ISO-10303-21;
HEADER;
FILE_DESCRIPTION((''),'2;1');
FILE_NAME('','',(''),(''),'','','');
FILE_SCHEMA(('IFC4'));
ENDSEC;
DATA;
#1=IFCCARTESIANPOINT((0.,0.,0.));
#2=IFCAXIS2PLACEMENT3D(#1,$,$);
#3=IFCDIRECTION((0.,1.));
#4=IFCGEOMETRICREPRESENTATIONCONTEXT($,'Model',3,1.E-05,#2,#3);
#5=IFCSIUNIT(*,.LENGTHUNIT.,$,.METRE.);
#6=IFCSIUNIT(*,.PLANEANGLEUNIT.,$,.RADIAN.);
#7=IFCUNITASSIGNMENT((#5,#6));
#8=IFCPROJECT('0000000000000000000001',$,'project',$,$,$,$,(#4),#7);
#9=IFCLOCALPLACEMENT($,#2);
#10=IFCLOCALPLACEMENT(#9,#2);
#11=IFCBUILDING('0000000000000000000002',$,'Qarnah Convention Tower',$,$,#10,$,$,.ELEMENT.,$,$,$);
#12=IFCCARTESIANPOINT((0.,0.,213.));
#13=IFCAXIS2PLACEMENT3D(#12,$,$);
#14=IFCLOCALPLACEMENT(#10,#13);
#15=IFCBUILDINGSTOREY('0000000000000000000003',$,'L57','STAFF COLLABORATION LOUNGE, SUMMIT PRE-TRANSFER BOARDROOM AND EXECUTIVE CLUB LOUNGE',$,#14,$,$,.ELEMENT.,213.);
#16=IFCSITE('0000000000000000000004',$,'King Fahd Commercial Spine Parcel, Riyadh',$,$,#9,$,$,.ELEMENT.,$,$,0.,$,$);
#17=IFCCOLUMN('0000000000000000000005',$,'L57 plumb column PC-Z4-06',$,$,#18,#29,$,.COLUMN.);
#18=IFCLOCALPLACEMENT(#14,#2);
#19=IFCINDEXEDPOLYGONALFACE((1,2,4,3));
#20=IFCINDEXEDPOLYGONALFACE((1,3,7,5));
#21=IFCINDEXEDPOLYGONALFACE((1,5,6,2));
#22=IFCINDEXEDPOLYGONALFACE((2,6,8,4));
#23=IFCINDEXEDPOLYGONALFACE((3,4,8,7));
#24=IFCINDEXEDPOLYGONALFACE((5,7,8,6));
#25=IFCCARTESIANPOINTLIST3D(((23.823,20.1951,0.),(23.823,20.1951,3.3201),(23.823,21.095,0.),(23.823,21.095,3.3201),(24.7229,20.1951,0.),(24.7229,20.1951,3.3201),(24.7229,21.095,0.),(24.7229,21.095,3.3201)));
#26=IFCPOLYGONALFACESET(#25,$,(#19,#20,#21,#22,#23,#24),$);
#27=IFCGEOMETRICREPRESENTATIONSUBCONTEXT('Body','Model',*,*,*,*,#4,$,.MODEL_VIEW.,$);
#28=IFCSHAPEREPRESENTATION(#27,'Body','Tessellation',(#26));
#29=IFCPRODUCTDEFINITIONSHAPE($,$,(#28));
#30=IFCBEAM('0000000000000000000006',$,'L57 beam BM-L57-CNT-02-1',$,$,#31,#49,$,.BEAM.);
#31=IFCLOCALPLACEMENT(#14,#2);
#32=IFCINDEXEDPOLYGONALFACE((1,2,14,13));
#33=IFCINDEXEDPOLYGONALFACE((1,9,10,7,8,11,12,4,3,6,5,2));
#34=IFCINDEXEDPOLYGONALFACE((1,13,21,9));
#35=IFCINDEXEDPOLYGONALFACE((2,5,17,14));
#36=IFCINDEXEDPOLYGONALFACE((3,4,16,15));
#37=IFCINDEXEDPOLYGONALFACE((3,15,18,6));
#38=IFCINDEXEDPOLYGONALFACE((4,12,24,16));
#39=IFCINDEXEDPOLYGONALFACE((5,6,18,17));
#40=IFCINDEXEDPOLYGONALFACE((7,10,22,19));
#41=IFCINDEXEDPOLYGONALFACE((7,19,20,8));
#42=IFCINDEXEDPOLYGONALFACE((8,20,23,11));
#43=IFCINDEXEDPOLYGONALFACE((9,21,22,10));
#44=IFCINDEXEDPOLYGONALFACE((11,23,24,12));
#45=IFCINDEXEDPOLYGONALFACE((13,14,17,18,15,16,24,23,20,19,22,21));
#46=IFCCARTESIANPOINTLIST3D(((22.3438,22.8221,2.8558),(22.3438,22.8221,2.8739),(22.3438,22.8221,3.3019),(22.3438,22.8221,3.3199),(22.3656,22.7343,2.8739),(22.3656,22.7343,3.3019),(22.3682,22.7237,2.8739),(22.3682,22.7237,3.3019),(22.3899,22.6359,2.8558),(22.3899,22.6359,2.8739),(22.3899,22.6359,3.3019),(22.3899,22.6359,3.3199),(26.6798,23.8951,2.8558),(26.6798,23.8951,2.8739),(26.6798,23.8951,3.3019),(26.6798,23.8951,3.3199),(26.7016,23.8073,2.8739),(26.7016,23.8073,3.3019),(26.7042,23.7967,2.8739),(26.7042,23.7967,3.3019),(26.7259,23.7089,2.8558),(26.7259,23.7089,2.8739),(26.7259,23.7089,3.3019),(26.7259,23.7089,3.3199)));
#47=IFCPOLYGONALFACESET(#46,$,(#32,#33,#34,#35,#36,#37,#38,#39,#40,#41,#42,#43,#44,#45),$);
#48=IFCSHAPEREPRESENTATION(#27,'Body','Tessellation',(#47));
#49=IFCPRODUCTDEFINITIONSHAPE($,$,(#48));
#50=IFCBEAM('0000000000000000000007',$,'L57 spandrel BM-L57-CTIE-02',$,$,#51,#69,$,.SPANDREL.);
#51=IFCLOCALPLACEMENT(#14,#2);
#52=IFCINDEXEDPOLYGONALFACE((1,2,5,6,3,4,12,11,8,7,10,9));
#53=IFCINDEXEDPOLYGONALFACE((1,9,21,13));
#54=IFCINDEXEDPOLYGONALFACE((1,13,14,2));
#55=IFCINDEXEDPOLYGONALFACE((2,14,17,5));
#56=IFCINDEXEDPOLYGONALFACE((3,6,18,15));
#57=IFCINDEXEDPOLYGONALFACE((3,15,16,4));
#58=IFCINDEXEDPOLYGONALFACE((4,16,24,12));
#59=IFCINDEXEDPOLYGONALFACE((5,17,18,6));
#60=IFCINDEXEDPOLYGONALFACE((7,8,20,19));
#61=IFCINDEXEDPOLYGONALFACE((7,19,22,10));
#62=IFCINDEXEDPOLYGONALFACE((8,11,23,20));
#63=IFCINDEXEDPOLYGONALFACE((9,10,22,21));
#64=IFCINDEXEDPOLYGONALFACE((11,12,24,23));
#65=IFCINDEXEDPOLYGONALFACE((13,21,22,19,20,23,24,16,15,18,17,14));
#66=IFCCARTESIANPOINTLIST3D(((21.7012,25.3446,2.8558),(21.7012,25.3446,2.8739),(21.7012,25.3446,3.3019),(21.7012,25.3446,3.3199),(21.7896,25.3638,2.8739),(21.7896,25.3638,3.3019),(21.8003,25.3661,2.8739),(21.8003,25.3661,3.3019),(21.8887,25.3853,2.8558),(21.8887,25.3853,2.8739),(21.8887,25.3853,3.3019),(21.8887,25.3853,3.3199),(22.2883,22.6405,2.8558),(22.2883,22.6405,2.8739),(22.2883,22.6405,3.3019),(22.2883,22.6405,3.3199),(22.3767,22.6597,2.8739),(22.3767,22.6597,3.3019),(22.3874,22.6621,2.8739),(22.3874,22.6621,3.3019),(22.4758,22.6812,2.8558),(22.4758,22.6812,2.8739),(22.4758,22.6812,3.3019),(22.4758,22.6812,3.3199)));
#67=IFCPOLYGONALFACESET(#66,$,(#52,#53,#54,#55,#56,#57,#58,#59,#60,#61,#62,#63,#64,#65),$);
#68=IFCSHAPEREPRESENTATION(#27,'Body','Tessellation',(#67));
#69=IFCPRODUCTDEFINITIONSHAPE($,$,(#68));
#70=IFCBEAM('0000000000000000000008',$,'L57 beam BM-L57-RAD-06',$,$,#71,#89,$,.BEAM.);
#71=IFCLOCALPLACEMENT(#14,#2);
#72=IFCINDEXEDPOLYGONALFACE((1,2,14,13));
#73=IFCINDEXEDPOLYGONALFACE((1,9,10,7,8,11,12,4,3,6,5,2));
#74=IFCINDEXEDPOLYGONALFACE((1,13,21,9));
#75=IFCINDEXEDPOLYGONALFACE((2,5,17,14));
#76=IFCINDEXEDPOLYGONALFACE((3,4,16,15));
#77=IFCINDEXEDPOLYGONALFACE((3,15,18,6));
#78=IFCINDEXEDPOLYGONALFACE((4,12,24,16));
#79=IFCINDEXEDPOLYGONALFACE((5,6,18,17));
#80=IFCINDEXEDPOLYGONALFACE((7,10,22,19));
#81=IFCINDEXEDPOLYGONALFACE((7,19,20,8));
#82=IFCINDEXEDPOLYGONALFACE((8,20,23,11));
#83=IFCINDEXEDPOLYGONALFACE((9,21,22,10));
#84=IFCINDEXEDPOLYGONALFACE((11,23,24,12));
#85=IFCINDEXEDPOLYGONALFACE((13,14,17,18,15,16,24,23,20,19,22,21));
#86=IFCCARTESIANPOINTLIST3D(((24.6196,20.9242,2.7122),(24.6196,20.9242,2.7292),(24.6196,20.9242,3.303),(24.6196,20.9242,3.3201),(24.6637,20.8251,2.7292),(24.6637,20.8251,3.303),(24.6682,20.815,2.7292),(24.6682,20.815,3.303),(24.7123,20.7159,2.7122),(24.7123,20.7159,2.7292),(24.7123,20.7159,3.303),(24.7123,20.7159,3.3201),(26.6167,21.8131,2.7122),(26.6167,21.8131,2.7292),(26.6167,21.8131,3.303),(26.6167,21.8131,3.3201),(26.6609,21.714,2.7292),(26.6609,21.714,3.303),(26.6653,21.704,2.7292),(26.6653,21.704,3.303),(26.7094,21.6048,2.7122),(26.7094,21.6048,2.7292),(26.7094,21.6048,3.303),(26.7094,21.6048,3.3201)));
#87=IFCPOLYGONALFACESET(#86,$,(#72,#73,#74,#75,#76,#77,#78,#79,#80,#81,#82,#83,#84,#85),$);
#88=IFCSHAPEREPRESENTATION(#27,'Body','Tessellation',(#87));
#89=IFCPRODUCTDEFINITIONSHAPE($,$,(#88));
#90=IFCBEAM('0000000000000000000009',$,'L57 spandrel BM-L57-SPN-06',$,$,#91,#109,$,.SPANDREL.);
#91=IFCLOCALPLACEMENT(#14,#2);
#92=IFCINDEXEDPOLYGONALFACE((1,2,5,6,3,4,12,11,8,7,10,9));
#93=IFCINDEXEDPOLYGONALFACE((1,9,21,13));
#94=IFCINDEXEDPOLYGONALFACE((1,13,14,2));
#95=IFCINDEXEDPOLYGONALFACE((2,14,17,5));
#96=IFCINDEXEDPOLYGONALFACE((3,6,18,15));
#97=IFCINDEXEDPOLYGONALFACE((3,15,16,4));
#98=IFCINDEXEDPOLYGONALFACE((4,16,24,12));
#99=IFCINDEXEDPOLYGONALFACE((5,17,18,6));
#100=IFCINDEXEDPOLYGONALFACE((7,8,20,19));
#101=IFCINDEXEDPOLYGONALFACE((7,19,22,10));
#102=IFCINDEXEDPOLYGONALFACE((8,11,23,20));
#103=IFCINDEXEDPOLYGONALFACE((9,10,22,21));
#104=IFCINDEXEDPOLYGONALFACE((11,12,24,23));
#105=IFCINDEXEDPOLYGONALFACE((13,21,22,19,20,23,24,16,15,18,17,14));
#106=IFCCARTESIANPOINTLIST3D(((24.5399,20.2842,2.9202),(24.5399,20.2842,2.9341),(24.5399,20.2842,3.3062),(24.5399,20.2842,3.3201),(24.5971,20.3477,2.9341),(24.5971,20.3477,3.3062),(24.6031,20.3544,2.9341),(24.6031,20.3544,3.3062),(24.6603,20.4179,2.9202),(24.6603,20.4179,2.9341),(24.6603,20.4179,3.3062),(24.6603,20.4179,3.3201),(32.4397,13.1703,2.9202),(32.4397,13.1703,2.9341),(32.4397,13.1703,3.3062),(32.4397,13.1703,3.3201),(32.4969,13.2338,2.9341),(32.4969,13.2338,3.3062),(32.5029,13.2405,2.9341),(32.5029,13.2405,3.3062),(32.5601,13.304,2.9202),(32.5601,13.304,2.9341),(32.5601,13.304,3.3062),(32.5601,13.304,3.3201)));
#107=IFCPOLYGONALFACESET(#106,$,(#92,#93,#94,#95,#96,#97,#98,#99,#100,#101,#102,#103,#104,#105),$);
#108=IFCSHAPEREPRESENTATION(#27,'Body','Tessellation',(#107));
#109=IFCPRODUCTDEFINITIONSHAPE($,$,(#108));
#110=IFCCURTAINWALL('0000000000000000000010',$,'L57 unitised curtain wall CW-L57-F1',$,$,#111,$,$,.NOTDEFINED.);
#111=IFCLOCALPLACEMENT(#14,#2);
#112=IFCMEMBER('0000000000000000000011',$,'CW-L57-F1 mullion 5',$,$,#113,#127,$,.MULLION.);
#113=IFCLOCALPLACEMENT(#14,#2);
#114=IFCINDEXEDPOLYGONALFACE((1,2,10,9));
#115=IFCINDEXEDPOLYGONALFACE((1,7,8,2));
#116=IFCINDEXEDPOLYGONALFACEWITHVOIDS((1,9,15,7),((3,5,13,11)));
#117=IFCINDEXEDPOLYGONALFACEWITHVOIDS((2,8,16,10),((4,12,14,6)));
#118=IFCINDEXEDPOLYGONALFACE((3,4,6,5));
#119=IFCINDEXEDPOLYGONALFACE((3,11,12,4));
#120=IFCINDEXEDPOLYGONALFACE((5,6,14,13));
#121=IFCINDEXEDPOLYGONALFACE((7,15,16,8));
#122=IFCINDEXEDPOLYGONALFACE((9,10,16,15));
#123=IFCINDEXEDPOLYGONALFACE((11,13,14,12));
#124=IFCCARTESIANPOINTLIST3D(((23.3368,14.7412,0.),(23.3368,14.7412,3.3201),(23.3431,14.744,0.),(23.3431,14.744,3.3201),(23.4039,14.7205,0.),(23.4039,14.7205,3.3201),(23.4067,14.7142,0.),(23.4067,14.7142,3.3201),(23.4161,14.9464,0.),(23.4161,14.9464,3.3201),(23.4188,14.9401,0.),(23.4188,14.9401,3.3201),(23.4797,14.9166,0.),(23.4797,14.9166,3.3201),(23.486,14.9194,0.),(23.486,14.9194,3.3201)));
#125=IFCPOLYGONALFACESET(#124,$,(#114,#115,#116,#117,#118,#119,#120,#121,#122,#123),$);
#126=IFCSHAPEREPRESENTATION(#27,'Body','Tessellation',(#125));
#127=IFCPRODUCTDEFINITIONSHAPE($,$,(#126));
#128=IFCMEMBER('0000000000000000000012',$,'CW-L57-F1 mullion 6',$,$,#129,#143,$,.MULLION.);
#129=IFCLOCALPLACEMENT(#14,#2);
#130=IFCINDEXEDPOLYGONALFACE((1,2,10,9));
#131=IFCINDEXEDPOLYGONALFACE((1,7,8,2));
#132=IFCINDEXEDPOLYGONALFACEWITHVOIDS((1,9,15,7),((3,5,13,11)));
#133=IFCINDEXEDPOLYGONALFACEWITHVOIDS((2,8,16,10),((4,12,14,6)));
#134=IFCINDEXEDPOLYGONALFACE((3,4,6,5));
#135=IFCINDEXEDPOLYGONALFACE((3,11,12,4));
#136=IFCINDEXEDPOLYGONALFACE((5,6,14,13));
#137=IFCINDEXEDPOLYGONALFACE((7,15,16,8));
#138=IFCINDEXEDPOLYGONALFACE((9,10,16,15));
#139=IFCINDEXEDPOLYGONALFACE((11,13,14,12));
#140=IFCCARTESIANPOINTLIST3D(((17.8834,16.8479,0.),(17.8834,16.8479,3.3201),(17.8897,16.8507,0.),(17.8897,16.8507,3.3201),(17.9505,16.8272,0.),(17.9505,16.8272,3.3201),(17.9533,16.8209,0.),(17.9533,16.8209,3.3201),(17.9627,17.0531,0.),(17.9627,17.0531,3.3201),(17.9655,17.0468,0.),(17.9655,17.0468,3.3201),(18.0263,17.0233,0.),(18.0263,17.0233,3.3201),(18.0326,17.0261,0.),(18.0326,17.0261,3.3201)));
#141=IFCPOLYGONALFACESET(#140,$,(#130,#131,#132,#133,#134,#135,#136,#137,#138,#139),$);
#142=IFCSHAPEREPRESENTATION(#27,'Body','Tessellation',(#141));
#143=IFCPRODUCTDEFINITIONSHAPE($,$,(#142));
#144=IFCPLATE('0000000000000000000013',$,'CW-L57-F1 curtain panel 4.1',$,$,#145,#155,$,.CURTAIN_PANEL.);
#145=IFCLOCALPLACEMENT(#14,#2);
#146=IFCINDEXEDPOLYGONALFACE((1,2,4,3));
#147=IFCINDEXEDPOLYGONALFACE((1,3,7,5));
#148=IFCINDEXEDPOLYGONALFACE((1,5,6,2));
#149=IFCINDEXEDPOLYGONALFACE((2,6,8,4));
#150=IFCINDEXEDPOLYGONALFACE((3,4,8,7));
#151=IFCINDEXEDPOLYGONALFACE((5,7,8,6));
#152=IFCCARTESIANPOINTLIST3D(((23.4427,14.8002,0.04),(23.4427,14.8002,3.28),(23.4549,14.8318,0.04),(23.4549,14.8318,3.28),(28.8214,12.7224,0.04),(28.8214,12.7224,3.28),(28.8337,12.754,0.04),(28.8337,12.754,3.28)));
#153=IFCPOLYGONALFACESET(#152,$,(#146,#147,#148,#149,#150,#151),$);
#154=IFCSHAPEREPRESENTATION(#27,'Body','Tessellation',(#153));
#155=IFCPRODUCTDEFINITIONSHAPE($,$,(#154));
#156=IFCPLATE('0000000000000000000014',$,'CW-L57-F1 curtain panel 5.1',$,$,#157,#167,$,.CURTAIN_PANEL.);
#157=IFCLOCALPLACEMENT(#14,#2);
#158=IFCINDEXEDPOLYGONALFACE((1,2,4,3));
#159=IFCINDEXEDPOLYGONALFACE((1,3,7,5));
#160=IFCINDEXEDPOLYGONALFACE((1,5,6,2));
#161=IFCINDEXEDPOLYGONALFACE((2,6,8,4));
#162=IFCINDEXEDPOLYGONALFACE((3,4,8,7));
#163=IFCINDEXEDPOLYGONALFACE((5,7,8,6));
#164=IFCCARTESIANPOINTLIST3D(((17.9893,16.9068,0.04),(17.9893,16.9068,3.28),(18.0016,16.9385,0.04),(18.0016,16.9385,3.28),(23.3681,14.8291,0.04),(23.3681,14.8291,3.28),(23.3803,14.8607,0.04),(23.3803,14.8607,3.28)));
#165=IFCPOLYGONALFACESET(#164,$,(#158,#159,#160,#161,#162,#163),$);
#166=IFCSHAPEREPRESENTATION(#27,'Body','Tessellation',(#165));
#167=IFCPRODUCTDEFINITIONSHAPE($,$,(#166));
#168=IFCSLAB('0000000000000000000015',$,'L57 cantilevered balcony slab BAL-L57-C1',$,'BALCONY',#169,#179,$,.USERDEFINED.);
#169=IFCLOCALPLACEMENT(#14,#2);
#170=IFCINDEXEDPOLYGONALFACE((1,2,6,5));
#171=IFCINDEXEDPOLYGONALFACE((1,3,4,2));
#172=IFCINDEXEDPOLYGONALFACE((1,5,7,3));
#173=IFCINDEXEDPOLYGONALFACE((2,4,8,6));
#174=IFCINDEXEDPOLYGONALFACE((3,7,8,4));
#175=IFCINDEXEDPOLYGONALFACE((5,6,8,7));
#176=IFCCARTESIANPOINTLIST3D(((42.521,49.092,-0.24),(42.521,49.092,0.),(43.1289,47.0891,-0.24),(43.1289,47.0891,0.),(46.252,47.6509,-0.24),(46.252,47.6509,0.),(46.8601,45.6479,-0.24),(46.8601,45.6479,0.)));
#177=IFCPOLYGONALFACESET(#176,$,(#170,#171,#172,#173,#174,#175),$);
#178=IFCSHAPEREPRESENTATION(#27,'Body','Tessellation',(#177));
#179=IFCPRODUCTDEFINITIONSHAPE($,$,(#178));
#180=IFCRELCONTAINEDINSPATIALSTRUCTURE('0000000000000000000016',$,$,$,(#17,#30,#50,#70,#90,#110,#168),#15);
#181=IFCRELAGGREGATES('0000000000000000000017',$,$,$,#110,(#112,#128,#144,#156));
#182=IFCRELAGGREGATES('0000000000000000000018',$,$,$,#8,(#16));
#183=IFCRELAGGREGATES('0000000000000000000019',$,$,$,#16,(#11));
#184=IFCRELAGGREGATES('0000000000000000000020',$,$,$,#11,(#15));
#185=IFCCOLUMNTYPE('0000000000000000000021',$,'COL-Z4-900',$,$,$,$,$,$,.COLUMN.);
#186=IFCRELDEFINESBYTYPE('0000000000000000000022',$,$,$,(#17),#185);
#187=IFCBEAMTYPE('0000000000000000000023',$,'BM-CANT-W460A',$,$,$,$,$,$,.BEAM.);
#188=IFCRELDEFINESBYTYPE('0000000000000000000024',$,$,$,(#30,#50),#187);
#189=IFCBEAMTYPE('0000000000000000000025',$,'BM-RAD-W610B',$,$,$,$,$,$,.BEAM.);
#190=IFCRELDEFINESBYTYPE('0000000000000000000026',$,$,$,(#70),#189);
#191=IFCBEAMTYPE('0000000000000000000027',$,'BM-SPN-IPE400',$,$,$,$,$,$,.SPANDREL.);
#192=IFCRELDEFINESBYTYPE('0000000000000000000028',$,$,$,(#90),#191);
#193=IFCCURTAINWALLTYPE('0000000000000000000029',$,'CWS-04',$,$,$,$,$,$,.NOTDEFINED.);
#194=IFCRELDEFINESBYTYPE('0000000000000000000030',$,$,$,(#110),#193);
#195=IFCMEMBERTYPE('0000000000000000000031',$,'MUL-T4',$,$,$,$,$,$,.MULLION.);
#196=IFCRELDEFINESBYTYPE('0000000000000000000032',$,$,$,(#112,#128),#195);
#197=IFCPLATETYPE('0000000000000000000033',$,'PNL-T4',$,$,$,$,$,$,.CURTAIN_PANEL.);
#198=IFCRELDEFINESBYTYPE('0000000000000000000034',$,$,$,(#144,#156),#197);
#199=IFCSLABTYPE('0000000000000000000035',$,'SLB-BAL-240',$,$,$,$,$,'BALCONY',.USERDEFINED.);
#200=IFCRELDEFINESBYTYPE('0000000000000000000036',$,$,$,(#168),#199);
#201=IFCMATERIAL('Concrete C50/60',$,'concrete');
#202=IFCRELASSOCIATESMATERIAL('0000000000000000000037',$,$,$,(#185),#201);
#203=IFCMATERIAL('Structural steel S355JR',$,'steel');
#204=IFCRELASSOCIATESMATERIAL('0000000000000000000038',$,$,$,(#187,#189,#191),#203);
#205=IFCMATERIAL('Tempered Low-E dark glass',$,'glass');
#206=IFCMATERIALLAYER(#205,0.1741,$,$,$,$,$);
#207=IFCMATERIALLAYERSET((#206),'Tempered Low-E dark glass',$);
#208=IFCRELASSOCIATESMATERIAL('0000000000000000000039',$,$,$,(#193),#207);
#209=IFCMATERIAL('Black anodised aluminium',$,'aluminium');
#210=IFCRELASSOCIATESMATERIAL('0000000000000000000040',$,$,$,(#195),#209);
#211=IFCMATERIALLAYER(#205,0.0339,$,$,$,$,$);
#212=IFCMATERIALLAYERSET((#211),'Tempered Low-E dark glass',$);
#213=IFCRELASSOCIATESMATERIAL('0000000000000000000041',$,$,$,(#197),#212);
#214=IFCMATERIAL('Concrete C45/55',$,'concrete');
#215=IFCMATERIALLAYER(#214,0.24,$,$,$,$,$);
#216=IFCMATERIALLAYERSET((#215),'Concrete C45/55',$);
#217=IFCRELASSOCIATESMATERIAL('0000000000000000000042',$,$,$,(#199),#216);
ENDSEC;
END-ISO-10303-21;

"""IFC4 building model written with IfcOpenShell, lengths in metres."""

from ifc_helpers import new_model, si_unit, direction, frame, origin, origin_2d, place, context, subcontext, project, spatial, polyline, rectangle, hollow_rectangle, i_section, outline, extrude, material, layer, layer_set, material_profile, profile_set, type_object, element, aggregate, save


model = new_model("IFC4")

# Units and contexts
model_context = context("Model", 3, precision=1e-05, world=origin(), true_north=direction((0.0, 1.0)))
body_context = subcontext(model_context, "Body", "Model", "MODEL_VIEW")
ifc_project = project(units=[si_unit("LENGTHUNIT", "METRE"), si_unit("PLANEANGLEUNIT", "RADIAN")], contexts=[model_context])

# Site, building, storey
site_placement = place(None, origin())
site = spatial("IfcSite", under=ifc_project, at=site_placement, Name="King Fahd Commercial Spine Parcel, Riyadh", CompositionType="ELEMENT", RefElevation=0.0)
building_placement = place(site_placement, origin())
building = spatial("IfcBuilding", under=site, at=building_placement, Name="Qarnah Convention Tower", CompositionType="ELEMENT")
storey_placement = place(building_placement, frame((0.0, 0.0, 213.0)))
storey = spatial("IfcBuildingStorey", under=building, at=storey_placement, Name="L57", Description="STAFF COLLABORATION LOUNGE, SUMMIT PRE-TRANSFER BOARDROOM AND EXECUTIVE CLUB LOUNGE", CompositionType="ELEMENT", Elevation=213.0)

# Column
ifc_material_1 = material(Name="Concrete C50/60", Category="concrete")
ifc_material_profile_1 = material_profile(ifc_material_1, rectangle(XDim=0.8999, YDim=0.8999, at=origin_2d()), Name="RC-COL-900X900")
ifc_profile_set_1 = profile_set([ifc_material_profile_1], Name="Concrete C50/60")
column_type = type_object("IfcColumnType", Name="COL-Z4-900", PredefinedType="COLUMN", material=ifc_profile_set_1)
column_placement = place(storey_placement, frame((24.2729, 20.645, 0.0), z_axis=(0.0, 0.0, 1.0), x_axis=(1.0, 0.0, 0.0)))
element("IfcColumn", 1, at=column_placement, inside=storey, type_object=column_type, Name="L57 plumb column PC-Z4-06", PredefinedType="COLUMN", context=body_context, shape_type="SweptSolid", body=[
    extrude(rectangle(XDim=0.8999, YDim=0.8999, at=origin_2d()), origin(), (0.0, 0.0, 1.0), 3.3201),
])

# Beams
ifc_material_2 = material(Name="Structural steel S355JR", Category="steel")
ifc_material_profile_2 = material_profile(ifc_material_2, i_section(OverallWidth=0.1919, OverallDepth=0.4641, WebThickness=0.011, FlangeThickness=0.0181, at=origin_2d()), Name="W460X89")
ifc_profile_set_2 = profile_set([ifc_material_profile_2], Name="Structural steel S355JR")
beam_type_1 = type_object("IfcBeamType", Name="BM-CANT-W460A", PredefinedType="BEAM", material=ifc_profile_set_2)
beam_1_placement = place(storey_placement, frame((26.7029, 23.802, 3.0879), z_axis=(-0.970718, -0.24022, 0.0), x_axis=(0.24022, -0.970718, 0.0)))
element("IfcBeam", 2, at=beam_1_placement, inside=storey, type_object=beam_type_1, Name="L57 beam BM-L57-CNT-02-1", PredefinedType="BEAM", context=body_context, shape_type="SweptSolid", body=[
    extrude(i_section(OverallWidth=0.1919, OverallDepth=0.4641, WebThickness=0.011, FlangeThickness=0.0181, at=origin_2d()), origin(), (0.0, 0.0, 1.0), 4.4668),
])
beam_2_placement = place(storey_placement, frame((22.3821, 22.6609, 3.0879), z_axis=(-0.212192, 0.977228, 0.0), x_axis=(-0.977228, -0.212192, 0.0)))
element("IfcBeam", 3, at=beam_2_placement, inside=storey, type_object=beam_type_1, Name="L57 spandrel BM-L57-CTIE-02", PredefinedType="SPANDREL", context=body_context, shape_type="SweptSolid", body=[
    extrude(i_section(OverallWidth=0.1919, OverallDepth=0.4641, WebThickness=0.011, FlangeThickness=0.0181, at=origin_2d()), origin(), (0.0, 0.0, 1.0), 2.7671),
])
ifc_material_profile_3 = material_profile(ifc_material_2, i_section(OverallWidth=0.228, OverallDepth=0.6079, WebThickness=0.011, FlangeThickness=0.0171, at=origin_2d()), Name="W610X113")
ifc_profile_set_3 = profile_set([ifc_material_profile_3], Name="Structural steel S355JR")
beam_type_2 = type_object("IfcBeamType", Name="BM-RAD-W610B", PredefinedType="BEAM", material=ifc_profile_set_3)
beam_3_placement = place(storey_placement, frame((26.6631, 21.709, 3.0161), z_axis=(-0.913586, -0.406646, 0.0), x_axis=(0.406646, -0.913586, 0.0)))
element("IfcBeam", 4, at=beam_3_placement, inside=storey, type_object=beam_type_2, Name="L57 beam BM-L57-RAD-06", PredefinedType="BEAM", context=body_context, shape_type="SweptSolid", body=[
    extrude(i_section(OverallWidth=0.228, OverallDepth=0.6079, WebThickness=0.011, FlangeThickness=0.0171, at=origin_2d()), origin(), (0.0, 0.0, 1.0), 2.186),
])
ifc_material_profile_4 = material_profile(ifc_material_2, i_section(OverallWidth=0.1799, OverallDepth=0.3999, WebThickness=0.009, FlangeThickness=0.0139, at=origin_2d()), Name="IPE400")
ifc_profile_set_4 = profile_set([ifc_material_profile_4], Name="Structural steel S355JR")
beam_type_3 = type_object("IfcBeamType", Name="BM-SPN-IPE400", PredefinedType="SPANDREL", material=ifc_profile_set_4)
beam_4_placement = place(storey_placement, frame((24.6001, 20.3511, 3.1201), z_axis=(0.743102, -0.669178, 0.0), x_axis=(0.669178, 0.743102, 0.0)))
element("IfcBeam", 5, at=beam_4_placement, inside=storey, type_object=beam_type_3, Name="L57 spandrel BM-L57-SPN-06", PredefinedType="SPANDREL", context=body_context, shape_type="SweptSolid", body=[
    extrude(i_section(OverallWidth=0.1799, OverallDepth=0.3999, WebThickness=0.009, FlangeThickness=0.0139, at=origin_2d()), origin(), (0.0, 0.0, 1.0), 10.6309),
])

# Curtain wall, members, plates
ifc_material_3 = material(Name="Tempered Low-E dark glass", Category="glass")
ifc_layer_1 = layer(ifc_material_3, 0.1741)
ifc_layer_set_1 = layer_set([ifc_layer_1], Name="Tempered Low-E dark glass")
curtain_wall_type = type_object("IfcCurtainWallType", Name="CWS-04", PredefinedType="NOTDEFINED", material=ifc_layer_set_1)
curtain_wall_placement = place(storey_placement, origin())
curtain_wall = element("IfcCurtainWall", 6, at=curtain_wall_placement, inside=storey, type_object=curtain_wall_type, Name="L57 unitised curtain wall CW-L57-F1", PredefinedType="NOTDEFINED")
ifc_material_4 = material(Name="Black anodised aluminium", Category="aluminium")
ifc_material_profile_5 = material_profile(ifc_material_4, hollow_rectangle(XDim=0.075, YDim=0.22, WallThickness=0.0049, at=origin_2d()), Name="MUL-75X220")
ifc_profile_set_5 = profile_set([ifc_material_profile_5], Name="Black anodised aluminium")
member_type = type_object("IfcMemberType", Name="MUL-T4", PredefinedType="MULLION", material=ifc_profile_set_5)
member_1_placement = place(storey_placement, frame((23.4114, 14.8303, 0.0), z_axis=(0.0, 0.0, 1.0), x_axis=(-0.932821, 0.36034, 0.0)))
member_1 = element("IfcMember", 7, at=member_1_placement, type_object=member_type, Name="CW-L57-F1 mullion 5", PredefinedType="MULLION", context=body_context, shape_type="SweptSolid", body=[
    extrude(hollow_rectangle(XDim=0.075, YDim=0.22, WallThickness=0.0049, at=origin_2d()), origin(), (0.0, 0.0, 1.0), 3.3201),
])
member_2_placement = place(storey_placement, frame((17.958, 16.937, 0.0), z_axis=(0.0, 0.0, 1.0), x_axis=(-0.932821, 0.36034, 0.0)))
member_2 = element("IfcMember", 8, at=member_2_placement, type_object=member_type, Name="CW-L57-F1 mullion 6", PredefinedType="MULLION", context=body_context, shape_type="SweptSolid", body=[
    extrude(hollow_rectangle(XDim=0.075, YDim=0.22, WallThickness=0.0049, at=origin_2d()), origin(), (0.0, 0.0, 1.0), 3.3201),
])
ifc_layer_2 = layer(ifc_material_3, 0.0339)
ifc_layer_set_2 = layer_set([ifc_layer_2], Name="Tempered Low-E dark glass")
plate_type = type_object("IfcPlateType", Name="PNL-T4", PredefinedType="CURTAIN_PANEL", material=ifc_layer_set_2)
plate_1_placement = place(storey_placement, frame((26.1382, 13.7771, 0.04), z_axis=(0.0, 0.0, 1.0), x_axis=(-0.932821, 0.36034, 0.0)))
plate_1 = element("IfcPlate", 9, at=plate_1_placement, type_object=plate_type, Name="CW-L57-F1 curtain panel 4.1", PredefinedType="CURTAIN_PANEL", context=body_context, shape_type="SweptSolid", body=[
    extrude(rectangle(XDim=5.7661, YDim=0.0339, at=origin_2d()), origin(), (0.0, 0.0, 1.0), 3.24),
])
plate_2_placement = place(storey_placement, frame((20.6848, 15.8838, 0.04), z_axis=(0.0, 0.0, 1.0), x_axis=(-0.932821, 0.36034, 0.0)))
plate_2 = element("IfcPlate", 10, at=plate_2_placement, type_object=plate_type, Name="CW-L57-F1 curtain panel 5.1", PredefinedType="CURTAIN_PANEL", context=body_context, shape_type="SweptSolid", body=[
    extrude(rectangle(XDim=5.7661, YDim=0.0339, at=origin_2d()), origin(), (0.0, 0.0, 1.0), 3.24),
])
aggregate(curtain_wall, [member_1, member_2, plate_1, plate_2])

# Slab
ifc_material_5 = material(Name="Concrete C45/55", Category="concrete")
ifc_layer_3 = layer(ifc_material_5, 0.24)
ifc_layer_set_3 = layer_set([ifc_layer_3], Name="Concrete C45/55")
slab_type_1 = type_object("IfcSlabType", Name="SLB-BAL-240", ElementType="BALCONY", PredefinedType="USERDEFINED", material=ifc_layer_set_3)
slab_1_placement = place(storey_placement, frame((0.0, 0.0, -0.24)))
element("IfcSlab", 11, at=slab_1_placement, inside=storey, type_object=slab_type_1, Name="L57 cantilevered balcony slab BAL-L57-C1", ObjectType="BALCONY", PredefinedType="USERDEFINED", context=body_context, shape_type="SweptSolid", body=[
    extrude(outline(polyline([(42.521, 49.092), (46.252, 47.6509), (46.8601, 45.6479), (43.1289, 47.0891), (42.521, 49.092)])), origin(), (0.0, 0.0, 1.0), 0.24),
])

save(model, "model.ifc")
